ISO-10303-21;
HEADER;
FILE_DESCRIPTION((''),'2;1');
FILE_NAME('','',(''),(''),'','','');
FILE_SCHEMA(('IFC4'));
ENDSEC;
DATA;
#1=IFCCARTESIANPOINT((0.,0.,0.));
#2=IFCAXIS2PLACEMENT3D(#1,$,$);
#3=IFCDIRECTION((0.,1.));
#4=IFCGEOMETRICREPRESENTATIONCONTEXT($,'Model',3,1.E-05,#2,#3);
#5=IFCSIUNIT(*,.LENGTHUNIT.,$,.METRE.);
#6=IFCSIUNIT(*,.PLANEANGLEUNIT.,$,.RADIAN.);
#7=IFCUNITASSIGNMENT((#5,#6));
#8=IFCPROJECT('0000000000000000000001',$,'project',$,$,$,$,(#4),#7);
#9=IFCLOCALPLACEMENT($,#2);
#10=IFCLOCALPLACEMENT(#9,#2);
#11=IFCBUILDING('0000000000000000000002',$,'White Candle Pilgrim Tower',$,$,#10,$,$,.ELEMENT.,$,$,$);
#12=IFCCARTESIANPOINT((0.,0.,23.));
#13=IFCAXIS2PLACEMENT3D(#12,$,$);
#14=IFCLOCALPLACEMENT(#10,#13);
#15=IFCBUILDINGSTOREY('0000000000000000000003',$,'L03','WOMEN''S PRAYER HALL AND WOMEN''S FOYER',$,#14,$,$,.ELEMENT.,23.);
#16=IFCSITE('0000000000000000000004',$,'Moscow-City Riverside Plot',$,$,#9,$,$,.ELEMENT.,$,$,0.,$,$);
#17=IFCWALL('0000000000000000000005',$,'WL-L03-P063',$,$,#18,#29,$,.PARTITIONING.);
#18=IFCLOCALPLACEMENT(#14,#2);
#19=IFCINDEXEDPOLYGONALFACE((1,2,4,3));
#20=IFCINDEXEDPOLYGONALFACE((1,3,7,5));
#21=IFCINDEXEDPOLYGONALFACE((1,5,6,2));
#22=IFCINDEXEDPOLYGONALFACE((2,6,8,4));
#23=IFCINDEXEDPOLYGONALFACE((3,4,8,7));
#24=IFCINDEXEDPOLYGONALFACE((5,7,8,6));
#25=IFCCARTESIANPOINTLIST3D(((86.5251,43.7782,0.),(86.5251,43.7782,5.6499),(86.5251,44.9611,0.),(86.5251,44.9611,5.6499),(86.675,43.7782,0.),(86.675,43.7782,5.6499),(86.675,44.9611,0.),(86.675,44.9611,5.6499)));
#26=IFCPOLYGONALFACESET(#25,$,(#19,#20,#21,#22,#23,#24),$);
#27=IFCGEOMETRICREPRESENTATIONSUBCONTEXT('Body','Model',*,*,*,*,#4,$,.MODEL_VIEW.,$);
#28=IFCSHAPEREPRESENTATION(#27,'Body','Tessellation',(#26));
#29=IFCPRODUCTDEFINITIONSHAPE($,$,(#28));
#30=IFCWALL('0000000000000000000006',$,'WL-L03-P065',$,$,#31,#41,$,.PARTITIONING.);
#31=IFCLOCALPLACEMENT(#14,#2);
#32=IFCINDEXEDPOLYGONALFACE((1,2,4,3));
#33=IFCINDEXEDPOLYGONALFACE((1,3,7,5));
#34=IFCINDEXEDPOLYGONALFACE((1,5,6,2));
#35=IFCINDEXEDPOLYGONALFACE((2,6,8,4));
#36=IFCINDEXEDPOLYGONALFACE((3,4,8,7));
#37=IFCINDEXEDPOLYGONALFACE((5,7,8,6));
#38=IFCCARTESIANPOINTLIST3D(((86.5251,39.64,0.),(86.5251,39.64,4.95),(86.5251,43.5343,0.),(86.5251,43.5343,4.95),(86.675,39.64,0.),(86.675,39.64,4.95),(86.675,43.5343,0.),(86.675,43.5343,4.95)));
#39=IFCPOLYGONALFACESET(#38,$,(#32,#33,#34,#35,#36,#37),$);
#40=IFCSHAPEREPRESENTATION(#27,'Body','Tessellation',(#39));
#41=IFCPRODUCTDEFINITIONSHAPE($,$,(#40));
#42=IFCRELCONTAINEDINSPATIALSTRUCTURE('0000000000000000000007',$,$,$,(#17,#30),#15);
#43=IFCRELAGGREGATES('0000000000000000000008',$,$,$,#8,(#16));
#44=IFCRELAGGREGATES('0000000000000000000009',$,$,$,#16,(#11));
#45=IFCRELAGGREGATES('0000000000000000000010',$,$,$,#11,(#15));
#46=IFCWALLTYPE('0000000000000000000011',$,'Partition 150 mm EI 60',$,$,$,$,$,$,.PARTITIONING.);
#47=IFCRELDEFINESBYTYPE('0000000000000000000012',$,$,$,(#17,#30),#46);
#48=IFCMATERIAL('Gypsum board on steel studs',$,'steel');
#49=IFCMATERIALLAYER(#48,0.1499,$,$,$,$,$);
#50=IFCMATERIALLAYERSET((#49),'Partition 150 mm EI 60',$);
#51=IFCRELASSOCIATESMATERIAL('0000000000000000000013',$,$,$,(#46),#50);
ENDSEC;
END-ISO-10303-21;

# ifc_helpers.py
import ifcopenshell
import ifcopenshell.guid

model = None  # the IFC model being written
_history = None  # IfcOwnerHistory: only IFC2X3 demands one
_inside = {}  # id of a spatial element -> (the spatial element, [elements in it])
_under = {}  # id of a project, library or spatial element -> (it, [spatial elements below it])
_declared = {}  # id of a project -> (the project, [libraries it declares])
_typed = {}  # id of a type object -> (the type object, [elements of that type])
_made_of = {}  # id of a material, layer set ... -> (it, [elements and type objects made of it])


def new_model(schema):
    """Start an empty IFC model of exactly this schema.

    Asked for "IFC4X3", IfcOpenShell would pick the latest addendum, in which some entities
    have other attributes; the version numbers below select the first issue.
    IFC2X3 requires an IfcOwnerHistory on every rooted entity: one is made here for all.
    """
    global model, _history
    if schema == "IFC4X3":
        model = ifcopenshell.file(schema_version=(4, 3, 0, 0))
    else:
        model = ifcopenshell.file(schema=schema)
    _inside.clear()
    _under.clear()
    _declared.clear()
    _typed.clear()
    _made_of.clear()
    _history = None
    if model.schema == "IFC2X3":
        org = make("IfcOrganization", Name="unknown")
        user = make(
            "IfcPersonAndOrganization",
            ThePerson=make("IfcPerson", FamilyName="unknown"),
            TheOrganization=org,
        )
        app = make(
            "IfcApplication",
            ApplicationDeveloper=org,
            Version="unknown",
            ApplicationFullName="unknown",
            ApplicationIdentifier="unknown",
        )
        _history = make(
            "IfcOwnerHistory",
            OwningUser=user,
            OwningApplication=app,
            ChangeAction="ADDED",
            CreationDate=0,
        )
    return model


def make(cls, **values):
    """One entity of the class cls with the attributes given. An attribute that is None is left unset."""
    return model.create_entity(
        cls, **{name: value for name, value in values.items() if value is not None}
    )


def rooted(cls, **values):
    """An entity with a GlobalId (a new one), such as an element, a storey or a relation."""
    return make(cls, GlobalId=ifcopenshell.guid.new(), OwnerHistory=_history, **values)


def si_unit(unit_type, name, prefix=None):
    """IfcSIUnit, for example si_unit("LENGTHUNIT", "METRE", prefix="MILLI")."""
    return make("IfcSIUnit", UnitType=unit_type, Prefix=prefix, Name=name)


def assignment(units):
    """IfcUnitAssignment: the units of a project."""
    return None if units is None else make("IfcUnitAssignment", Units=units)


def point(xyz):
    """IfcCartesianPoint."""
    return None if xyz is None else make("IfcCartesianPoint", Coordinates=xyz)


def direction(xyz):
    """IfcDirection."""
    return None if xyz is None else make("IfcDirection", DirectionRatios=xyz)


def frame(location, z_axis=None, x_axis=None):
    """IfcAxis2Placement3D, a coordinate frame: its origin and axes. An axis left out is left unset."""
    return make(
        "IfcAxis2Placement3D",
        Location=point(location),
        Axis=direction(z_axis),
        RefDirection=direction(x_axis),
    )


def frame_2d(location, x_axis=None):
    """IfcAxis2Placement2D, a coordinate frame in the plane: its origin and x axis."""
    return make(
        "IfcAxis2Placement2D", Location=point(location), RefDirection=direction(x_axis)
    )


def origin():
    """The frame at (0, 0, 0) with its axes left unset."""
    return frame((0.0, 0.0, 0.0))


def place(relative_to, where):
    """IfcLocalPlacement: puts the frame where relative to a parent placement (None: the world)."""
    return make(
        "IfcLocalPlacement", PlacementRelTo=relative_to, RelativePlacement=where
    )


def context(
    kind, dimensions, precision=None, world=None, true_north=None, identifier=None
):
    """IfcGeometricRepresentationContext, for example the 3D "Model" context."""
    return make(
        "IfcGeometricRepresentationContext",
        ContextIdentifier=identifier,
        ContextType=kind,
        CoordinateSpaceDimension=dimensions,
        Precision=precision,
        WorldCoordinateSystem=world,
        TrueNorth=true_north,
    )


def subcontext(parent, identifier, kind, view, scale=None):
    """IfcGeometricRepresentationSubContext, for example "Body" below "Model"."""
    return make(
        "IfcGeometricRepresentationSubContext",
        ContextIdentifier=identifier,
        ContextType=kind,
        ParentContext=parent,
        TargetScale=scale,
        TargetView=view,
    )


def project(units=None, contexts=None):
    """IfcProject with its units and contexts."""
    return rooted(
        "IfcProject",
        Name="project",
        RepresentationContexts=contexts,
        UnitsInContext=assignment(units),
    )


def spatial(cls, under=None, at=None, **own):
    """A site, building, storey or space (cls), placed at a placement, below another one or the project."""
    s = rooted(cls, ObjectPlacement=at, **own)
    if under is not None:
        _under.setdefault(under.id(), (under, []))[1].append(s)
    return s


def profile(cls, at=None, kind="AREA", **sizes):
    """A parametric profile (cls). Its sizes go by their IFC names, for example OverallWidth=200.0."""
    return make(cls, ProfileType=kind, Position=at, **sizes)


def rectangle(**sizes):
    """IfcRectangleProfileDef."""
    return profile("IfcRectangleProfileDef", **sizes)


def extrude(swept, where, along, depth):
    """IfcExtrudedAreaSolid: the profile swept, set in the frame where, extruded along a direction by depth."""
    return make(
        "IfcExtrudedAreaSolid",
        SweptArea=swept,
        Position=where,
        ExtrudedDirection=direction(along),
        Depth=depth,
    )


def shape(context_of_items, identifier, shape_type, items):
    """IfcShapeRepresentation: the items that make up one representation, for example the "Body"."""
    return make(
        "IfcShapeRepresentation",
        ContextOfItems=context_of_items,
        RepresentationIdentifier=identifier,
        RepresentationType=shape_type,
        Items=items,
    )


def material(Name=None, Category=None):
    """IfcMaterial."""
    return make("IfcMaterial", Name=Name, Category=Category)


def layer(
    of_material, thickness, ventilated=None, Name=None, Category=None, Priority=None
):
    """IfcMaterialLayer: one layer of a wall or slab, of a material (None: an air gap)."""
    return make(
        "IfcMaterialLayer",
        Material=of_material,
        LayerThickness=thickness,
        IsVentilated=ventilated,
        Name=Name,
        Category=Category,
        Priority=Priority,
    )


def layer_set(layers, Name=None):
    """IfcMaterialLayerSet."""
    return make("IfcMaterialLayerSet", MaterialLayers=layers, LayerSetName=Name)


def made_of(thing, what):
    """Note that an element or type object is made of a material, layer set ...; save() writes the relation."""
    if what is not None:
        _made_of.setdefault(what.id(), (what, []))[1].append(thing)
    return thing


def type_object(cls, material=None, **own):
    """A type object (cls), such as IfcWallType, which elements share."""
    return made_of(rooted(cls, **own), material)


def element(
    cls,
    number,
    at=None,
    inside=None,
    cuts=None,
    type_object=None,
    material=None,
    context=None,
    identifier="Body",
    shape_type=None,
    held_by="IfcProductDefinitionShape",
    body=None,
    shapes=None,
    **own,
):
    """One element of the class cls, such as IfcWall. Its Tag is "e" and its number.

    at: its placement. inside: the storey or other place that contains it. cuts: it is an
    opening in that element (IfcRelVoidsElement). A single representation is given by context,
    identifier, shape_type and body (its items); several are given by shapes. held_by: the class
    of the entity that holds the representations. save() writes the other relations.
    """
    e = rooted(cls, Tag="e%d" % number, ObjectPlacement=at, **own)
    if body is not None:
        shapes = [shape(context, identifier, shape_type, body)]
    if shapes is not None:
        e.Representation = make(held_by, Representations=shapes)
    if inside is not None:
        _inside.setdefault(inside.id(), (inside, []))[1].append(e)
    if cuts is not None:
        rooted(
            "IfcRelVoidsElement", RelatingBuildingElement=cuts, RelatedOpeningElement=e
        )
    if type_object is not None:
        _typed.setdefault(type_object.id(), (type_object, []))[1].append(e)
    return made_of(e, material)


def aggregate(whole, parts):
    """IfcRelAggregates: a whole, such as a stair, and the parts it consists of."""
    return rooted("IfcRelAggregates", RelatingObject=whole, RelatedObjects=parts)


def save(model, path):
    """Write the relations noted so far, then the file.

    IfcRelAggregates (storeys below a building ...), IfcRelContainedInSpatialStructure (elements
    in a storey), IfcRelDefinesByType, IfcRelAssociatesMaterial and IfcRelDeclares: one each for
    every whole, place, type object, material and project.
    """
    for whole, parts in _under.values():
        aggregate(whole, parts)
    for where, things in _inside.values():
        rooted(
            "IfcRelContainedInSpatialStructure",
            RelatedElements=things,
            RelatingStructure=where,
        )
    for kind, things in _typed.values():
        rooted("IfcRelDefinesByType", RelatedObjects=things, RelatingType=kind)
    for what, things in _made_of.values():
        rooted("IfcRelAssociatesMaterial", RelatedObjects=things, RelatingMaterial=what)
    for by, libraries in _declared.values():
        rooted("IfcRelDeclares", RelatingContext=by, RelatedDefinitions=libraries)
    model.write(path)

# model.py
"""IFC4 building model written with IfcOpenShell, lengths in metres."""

from ifc_helpers import new_model, si_unit, direction, frame, frame_2d, origin, place, context, subcontext, project, spatial, rectangle, extrude, material, layer, layer_set, type_object, element, save


model = new_model("IFC4")

# Units and contexts
model_context = context("Model", 3, precision=1e-05, world=origin(), true_north=direction((0.0, 1.0)))
body_context = subcontext(model_context, "Body", "Model", "MODEL_VIEW")
ifc_project = project(units=[si_unit("LENGTHUNIT", "METRE"), si_unit("PLANEANGLEUNIT", "RADIAN")], contexts=[model_context])

# Site, building, storey
site_placement = place(None, origin())
site = spatial("IfcSite", under=ifc_project, at=site_placement, Name="Moscow-City Riverside Plot", CompositionType="ELEMENT", RefElevation=0.0)
building_placement = place(site_placement, origin())
building = spatial("IfcBuilding", under=site, at=building_placement, Name="White Candle Pilgrim Tower", CompositionType="ELEMENT")
storey_placement = place(building_placement, frame((0.0, 0.0, 23.0)))
storey = spatial("IfcBuildingStorey", under=building, at=storey_placement, Name="L03", Description="WOMEN'S PRAYER HALL AND WOMEN'S FOYER", CompositionType="ELEMENT", Elevation=23.0)

# Shared definitions
ifc_material_1 = material(Name="Gypsum board on steel studs", Category="steel")
ifc_layer_1 = layer(ifc_material_1, 0.1499)
ifc_layer_set_1 = layer_set([ifc_layer_1], Name="Partition 150 mm EI 60")
wall_type_1 = type_object("IfcWallType", Name="Partition 150 mm EI 60", PredefinedType="PARTITIONING", material=ifc_layer_set_1)

# Walls
wall_1_placement = place(storey_placement, frame((86.6001, 43.7783, 0.0), z_axis=(0.0, 0.0, 1.0), x_axis=(0.0, 1.0, 0.0)))
element("IfcWall", 1, at=wall_1_placement, inside=storey, type_object=wall_type_1, Name="WL-L03-P063", PredefinedType="PARTITIONING", context=body_context, shape_type="SweptSolid", body=[
    extrude(rectangle(XDim=1.1829, YDim=0.1499, at=frame_2d((0.5913, 0.0))), origin(), (0.0, 0.0, 1.0), 5.6499),
])
wall_2_placement = place(storey_placement, frame((86.6001, 39.6399, 0.0), z_axis=(0.0, 0.0, 1.0), x_axis=(0.0, 1.0, 0.0)))
element("IfcWall", 2, at=wall_2_placement, inside=storey, type_object=wall_type_1, Name="WL-L03-P065", PredefinedType="PARTITIONING", context=body_context, shape_type="SweptSolid", body=[
    extrude(rectangle(XDim=3.8943, YDim=0.1499, at=frame_2d((1.9473, 0.0))), origin(), (0.0, 0.0, 1.0), 4.95),
])

save(model, "model.ifc")
